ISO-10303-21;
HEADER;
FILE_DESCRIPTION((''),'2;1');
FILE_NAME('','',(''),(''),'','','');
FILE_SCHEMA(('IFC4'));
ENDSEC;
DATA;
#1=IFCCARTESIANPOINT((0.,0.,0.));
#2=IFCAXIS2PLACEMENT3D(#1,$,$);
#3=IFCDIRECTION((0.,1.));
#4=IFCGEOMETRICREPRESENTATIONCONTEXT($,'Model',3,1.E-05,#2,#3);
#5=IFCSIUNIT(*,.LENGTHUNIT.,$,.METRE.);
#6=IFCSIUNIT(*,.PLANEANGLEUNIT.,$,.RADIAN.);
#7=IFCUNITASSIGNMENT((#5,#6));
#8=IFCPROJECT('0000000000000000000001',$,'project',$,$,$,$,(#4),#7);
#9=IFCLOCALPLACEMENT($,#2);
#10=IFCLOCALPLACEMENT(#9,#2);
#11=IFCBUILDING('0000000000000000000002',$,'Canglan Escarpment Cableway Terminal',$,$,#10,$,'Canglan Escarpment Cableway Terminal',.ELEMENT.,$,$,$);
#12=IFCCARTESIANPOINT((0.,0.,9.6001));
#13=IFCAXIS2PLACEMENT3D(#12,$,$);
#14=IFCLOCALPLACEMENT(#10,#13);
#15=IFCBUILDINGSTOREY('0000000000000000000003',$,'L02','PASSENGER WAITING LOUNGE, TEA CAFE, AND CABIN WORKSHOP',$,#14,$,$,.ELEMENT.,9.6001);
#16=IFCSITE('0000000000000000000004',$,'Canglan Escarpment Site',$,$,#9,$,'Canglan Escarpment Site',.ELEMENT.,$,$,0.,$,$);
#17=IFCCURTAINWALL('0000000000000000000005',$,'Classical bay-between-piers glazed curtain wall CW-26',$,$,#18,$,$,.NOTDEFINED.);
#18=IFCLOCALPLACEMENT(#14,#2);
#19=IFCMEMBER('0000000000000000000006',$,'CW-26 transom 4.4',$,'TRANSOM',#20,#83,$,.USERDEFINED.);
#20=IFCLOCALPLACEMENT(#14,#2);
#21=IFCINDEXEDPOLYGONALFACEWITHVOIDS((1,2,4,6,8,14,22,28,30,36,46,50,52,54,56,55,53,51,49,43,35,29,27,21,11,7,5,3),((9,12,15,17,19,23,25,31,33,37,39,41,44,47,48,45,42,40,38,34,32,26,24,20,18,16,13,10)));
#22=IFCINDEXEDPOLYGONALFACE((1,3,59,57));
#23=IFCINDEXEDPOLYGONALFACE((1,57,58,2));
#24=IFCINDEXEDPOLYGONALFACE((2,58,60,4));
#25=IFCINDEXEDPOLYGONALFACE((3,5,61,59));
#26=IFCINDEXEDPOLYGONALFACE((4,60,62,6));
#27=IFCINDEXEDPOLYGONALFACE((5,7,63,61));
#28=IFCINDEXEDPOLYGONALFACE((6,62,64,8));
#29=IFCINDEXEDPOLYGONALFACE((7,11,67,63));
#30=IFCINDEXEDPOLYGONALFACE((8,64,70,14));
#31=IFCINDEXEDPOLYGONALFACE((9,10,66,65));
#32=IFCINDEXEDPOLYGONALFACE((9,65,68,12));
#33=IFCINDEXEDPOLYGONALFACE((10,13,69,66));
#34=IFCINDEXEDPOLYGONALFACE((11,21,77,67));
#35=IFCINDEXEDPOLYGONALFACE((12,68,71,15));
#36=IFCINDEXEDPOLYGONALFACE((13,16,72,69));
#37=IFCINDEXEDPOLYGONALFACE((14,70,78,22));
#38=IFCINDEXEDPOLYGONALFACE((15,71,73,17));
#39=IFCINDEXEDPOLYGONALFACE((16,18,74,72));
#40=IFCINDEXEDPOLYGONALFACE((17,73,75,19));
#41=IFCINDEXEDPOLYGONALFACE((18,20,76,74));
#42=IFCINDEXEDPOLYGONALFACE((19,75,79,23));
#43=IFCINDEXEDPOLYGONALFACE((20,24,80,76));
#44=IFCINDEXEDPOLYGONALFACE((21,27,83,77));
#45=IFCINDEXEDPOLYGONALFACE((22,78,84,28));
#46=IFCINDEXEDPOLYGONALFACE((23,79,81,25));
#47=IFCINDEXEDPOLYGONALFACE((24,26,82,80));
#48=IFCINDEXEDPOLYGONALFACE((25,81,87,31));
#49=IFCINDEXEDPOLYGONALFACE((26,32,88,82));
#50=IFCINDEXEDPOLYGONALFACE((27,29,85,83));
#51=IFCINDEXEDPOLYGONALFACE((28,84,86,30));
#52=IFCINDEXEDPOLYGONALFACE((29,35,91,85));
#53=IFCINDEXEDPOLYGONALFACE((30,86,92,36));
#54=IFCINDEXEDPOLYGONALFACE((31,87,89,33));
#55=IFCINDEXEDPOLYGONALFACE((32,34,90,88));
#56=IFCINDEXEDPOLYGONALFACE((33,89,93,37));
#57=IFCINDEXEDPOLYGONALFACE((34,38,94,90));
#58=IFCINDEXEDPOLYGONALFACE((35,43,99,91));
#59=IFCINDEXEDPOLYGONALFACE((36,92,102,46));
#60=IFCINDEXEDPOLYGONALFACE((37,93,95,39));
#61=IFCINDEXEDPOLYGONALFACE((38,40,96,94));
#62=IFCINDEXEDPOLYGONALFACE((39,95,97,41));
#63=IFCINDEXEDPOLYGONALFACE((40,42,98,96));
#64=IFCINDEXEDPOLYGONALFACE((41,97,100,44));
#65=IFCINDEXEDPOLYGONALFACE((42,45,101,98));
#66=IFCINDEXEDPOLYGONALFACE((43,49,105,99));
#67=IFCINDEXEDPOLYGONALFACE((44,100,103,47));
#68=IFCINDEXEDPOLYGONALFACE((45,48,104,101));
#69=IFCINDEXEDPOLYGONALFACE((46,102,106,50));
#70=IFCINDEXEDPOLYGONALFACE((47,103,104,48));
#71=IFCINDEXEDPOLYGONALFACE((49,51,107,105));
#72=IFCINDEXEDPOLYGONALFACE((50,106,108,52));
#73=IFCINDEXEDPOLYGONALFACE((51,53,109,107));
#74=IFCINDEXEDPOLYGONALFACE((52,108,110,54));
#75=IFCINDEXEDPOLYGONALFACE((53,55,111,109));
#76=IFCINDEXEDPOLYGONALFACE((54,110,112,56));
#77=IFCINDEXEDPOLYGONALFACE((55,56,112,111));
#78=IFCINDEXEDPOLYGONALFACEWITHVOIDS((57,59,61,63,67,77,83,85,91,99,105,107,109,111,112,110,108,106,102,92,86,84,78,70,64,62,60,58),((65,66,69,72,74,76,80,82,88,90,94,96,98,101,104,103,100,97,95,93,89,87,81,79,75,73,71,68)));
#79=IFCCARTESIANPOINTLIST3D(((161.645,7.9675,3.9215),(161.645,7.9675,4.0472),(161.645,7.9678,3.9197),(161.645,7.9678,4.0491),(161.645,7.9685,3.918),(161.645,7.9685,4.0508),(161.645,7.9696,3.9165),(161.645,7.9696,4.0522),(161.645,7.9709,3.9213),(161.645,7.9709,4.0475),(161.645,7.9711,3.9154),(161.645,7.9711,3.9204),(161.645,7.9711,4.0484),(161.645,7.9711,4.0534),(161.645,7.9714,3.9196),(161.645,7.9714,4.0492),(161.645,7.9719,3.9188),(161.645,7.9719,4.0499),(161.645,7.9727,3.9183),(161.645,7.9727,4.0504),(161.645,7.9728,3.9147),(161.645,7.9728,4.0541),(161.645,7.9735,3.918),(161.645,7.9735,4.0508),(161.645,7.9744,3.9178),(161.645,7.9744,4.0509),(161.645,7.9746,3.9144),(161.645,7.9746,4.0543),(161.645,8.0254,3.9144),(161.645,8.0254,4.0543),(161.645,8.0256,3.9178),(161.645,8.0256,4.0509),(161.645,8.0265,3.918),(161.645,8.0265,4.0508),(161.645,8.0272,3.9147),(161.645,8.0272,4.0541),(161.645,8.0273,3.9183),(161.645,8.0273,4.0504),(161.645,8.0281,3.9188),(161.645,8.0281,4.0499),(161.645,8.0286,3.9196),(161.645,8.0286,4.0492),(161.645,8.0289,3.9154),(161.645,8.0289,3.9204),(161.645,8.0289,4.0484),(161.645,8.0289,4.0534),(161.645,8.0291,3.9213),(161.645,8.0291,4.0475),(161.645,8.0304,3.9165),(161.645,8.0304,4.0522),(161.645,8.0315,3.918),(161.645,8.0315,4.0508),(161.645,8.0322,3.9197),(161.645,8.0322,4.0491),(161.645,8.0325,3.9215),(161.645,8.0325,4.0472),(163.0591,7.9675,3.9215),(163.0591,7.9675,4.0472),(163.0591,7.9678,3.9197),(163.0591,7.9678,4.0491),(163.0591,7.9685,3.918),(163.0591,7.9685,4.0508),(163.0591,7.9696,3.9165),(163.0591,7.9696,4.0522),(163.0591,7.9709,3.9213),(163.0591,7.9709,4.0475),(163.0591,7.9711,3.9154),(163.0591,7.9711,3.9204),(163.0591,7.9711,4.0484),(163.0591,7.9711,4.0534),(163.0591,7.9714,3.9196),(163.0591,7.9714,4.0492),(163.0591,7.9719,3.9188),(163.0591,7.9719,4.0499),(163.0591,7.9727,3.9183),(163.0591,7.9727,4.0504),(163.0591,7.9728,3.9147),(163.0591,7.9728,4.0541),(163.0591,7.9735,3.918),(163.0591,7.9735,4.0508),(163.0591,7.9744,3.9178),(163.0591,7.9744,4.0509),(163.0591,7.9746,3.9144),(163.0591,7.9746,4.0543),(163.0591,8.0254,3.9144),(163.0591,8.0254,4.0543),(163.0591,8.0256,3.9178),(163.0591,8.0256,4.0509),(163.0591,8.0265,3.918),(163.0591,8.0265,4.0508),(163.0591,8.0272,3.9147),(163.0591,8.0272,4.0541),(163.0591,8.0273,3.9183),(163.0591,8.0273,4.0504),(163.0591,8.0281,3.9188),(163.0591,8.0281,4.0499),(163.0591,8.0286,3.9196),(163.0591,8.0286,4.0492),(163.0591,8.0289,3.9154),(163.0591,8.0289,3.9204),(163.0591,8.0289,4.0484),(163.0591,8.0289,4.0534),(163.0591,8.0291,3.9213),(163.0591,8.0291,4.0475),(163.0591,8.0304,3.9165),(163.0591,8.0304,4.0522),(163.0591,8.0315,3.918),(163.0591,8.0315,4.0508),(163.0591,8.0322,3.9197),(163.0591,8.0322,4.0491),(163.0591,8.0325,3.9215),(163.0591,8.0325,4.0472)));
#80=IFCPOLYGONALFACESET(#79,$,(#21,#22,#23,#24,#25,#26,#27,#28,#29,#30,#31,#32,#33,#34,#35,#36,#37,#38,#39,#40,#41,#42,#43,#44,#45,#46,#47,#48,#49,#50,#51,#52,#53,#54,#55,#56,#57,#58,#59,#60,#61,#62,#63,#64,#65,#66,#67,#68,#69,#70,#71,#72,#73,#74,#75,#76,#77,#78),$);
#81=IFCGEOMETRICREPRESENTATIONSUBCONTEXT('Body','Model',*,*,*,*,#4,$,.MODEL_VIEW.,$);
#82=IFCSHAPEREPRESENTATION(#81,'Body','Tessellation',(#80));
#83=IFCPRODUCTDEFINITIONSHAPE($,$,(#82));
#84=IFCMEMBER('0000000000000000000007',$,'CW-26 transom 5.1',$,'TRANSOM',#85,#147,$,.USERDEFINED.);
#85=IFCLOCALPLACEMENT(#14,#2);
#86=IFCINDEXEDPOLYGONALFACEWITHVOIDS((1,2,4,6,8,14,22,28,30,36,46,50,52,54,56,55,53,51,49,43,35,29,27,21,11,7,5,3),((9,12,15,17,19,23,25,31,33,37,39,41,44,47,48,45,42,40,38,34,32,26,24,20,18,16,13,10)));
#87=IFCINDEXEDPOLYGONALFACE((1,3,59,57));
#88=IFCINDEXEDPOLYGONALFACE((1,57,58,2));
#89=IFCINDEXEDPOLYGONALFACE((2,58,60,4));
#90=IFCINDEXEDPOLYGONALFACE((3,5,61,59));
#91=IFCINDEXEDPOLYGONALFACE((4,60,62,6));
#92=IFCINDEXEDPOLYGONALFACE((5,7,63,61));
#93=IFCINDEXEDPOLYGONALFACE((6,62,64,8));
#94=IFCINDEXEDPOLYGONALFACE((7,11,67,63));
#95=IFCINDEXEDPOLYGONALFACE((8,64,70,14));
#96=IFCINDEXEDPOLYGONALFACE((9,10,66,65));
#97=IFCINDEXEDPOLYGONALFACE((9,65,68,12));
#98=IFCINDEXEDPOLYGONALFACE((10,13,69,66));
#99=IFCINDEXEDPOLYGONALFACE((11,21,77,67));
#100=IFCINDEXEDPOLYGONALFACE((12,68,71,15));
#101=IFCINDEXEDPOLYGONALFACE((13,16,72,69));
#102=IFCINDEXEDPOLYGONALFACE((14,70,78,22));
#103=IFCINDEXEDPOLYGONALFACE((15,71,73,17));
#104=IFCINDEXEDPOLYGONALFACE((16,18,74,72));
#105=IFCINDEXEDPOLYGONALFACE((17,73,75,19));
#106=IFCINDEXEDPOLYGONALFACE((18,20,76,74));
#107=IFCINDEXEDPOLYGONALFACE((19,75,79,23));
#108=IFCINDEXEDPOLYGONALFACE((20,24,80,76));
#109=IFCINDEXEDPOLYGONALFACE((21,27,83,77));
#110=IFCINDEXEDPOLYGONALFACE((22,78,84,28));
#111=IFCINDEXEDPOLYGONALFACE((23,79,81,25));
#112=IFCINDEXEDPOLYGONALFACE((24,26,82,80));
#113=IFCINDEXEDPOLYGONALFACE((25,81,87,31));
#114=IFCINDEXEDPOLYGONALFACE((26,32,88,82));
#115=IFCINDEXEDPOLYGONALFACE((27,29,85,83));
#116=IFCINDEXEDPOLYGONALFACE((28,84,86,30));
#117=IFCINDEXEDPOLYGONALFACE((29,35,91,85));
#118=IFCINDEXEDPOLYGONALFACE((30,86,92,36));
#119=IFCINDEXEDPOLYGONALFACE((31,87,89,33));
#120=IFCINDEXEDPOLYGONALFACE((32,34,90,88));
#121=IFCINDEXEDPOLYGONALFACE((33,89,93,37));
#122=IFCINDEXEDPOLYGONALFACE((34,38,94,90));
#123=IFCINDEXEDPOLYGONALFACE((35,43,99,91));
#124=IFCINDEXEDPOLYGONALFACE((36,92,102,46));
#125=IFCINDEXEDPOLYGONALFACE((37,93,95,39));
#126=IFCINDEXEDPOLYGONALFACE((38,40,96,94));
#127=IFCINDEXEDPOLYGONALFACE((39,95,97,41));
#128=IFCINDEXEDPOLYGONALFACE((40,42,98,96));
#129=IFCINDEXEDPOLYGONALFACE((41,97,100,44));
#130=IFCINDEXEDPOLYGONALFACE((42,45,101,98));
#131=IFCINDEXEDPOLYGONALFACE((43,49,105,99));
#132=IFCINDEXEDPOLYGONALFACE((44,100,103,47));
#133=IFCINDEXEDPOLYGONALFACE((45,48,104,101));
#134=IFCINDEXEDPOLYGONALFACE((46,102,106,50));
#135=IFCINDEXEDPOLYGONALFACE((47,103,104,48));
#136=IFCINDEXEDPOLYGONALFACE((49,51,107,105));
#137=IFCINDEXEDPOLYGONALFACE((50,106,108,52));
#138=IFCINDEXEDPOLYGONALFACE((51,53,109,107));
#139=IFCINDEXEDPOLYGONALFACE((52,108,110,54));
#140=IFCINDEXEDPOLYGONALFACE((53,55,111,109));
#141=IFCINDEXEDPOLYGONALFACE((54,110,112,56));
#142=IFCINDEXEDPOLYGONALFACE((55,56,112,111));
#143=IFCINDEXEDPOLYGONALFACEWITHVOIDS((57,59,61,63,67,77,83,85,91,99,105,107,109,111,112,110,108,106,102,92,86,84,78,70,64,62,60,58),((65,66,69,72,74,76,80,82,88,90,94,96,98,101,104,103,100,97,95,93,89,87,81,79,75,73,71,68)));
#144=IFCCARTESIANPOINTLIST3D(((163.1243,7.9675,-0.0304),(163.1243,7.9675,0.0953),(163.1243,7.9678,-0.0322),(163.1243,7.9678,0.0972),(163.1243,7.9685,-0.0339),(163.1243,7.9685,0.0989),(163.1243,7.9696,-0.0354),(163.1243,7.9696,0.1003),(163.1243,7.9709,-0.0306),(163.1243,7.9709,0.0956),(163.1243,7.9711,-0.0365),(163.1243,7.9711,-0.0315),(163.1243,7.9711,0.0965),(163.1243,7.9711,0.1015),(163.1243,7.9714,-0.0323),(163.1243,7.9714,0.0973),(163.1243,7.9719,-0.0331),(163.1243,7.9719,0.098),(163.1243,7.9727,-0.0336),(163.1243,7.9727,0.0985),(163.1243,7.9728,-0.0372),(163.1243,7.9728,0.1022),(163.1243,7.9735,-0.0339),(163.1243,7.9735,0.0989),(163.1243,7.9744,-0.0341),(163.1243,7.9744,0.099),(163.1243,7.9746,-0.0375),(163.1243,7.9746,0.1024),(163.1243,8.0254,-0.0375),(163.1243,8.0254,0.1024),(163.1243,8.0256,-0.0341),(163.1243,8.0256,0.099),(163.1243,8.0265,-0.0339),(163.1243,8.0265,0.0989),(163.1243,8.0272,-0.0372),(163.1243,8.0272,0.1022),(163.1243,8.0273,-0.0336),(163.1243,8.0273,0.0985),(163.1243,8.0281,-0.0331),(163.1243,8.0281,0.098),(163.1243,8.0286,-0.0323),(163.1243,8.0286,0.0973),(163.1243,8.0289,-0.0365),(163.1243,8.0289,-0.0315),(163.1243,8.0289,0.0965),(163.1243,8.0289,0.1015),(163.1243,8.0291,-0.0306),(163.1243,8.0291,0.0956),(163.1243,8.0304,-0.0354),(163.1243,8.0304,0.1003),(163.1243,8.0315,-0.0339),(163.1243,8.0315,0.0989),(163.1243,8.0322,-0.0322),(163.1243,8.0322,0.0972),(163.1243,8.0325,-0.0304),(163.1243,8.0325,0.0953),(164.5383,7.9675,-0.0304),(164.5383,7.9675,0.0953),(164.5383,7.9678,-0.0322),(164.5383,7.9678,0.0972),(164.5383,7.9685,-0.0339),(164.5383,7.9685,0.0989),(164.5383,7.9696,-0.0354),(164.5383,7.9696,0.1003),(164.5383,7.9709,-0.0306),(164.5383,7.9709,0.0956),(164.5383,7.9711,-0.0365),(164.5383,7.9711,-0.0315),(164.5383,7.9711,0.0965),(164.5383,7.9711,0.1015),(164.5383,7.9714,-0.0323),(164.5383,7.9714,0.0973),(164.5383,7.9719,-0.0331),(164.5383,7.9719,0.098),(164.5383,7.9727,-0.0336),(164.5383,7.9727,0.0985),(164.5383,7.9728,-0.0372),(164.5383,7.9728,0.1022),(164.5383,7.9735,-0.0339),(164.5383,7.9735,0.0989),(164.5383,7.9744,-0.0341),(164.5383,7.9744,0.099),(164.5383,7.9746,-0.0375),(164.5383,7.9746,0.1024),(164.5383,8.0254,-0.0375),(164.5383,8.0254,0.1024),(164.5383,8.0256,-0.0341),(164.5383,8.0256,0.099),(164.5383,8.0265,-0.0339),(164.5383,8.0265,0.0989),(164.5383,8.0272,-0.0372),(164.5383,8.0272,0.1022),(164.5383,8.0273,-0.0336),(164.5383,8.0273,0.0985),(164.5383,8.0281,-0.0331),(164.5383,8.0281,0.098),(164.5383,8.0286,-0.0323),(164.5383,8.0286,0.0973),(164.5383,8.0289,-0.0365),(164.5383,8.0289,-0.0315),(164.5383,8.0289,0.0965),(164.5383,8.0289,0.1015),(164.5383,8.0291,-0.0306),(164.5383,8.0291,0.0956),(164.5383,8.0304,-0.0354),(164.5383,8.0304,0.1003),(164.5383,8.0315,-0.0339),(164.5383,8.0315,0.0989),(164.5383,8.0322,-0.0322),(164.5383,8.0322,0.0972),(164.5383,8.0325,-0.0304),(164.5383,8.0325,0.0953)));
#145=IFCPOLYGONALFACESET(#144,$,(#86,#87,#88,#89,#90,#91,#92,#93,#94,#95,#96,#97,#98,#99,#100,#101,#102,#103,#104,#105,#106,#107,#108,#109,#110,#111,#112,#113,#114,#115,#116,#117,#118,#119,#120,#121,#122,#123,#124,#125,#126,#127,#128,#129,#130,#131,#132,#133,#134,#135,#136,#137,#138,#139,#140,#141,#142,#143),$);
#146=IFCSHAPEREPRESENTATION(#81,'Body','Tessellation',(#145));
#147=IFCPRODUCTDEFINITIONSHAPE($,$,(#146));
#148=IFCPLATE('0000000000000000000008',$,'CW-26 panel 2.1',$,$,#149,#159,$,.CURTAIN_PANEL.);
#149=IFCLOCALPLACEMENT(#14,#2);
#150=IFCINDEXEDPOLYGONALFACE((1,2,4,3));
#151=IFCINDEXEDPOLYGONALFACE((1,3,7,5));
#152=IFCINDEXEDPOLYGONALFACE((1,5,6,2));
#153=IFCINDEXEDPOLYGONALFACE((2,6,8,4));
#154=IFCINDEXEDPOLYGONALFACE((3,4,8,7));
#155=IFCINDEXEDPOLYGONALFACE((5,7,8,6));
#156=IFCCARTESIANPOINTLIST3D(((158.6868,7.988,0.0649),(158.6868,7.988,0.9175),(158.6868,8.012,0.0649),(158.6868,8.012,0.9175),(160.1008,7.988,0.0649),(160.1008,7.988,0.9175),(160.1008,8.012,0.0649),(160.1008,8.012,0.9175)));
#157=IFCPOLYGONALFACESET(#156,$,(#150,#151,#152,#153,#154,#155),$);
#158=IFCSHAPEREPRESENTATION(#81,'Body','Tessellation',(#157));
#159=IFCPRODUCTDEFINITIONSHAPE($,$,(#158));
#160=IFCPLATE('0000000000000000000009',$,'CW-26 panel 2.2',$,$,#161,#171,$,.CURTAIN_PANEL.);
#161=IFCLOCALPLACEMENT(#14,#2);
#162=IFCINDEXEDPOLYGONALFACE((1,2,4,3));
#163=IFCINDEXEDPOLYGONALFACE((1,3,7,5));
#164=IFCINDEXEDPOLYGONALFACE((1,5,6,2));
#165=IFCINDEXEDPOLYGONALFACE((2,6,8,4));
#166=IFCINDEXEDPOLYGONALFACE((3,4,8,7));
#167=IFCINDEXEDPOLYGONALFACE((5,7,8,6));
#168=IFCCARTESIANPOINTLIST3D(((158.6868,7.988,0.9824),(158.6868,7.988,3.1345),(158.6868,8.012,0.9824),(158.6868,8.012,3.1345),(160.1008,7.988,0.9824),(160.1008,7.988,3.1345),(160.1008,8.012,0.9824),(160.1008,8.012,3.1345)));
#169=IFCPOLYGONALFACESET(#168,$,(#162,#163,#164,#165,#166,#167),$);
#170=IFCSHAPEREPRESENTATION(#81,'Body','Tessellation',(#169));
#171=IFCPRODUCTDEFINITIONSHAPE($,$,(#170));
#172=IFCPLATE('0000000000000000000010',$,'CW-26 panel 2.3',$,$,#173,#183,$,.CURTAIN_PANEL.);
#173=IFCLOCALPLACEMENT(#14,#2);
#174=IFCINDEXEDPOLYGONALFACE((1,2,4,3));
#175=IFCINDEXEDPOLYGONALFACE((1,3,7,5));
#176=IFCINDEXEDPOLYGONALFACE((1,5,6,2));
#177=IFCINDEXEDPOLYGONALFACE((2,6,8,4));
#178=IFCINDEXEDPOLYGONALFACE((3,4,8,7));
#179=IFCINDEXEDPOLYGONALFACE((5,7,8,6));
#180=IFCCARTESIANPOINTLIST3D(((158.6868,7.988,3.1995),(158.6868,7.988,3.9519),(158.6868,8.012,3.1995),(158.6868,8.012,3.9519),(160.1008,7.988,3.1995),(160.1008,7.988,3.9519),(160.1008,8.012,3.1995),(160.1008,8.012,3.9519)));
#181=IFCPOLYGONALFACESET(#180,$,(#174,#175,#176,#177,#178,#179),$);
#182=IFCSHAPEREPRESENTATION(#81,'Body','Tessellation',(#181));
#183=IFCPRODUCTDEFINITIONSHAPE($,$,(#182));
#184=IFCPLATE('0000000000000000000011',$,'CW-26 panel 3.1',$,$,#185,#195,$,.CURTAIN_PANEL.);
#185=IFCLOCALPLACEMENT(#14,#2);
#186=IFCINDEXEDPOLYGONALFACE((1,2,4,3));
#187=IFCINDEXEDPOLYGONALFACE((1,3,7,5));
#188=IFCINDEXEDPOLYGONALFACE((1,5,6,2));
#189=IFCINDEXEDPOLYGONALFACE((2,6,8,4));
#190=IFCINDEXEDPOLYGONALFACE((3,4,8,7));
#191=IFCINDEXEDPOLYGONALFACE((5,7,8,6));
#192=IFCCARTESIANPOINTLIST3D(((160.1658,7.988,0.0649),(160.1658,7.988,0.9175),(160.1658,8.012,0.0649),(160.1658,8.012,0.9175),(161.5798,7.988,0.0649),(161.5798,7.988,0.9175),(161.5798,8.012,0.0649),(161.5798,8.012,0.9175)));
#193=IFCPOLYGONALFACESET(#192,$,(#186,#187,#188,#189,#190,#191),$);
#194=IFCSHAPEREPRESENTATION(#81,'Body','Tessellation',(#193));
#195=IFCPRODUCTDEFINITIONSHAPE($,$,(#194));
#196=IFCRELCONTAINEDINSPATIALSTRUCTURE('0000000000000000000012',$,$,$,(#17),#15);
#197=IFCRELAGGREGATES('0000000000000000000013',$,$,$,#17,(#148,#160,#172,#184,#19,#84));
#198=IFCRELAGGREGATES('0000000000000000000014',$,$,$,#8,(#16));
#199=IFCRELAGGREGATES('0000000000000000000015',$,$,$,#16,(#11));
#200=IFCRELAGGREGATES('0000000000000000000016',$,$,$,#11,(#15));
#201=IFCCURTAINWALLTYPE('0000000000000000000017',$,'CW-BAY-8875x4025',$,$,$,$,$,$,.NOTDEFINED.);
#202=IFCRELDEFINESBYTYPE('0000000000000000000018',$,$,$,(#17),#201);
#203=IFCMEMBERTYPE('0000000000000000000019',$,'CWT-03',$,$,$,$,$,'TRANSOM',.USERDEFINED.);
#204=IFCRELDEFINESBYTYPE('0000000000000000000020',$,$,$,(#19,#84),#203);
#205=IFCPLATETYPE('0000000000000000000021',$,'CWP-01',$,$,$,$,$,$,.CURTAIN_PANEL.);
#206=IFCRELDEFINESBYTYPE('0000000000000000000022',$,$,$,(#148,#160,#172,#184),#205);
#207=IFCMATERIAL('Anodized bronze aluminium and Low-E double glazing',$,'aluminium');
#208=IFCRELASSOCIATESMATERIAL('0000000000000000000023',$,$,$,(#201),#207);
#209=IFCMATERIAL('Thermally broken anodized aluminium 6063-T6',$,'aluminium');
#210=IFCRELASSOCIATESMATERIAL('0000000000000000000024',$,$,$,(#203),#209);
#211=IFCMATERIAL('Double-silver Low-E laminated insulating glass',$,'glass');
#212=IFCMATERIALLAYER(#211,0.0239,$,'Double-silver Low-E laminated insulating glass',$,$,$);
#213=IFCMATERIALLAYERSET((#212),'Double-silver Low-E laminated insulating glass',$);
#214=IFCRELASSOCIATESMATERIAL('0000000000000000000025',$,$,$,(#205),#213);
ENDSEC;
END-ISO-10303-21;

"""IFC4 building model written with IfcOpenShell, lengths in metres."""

from ifc_helpers import new_model, si_unit, direction, frame, origin, origin_2d, place, context, subcontext, project, spatial, rectangle, hollow_rectangle, extrude, material, layer, layer_set, material_profile, profile_set, type_object, element, aggregate, save


model = new_model("IFC4")

# Units and contexts
model_context = context("Model", 3, precision=1e-05, world=origin(), true_north=direction((0.0, 1.0)))
body_context = subcontext(model_context, "Body", "Model", "MODEL_VIEW")
ifc_project = project(units=[si_unit("LENGTHUNIT", "METRE"), si_unit("PLANEANGLEUNIT", "RADIAN")], contexts=[model_context])

# Site, building, storey
site_placement = place(None, origin())
site = spatial("IfcSite", under=ifc_project, at=site_placement, Name="Canglan Escarpment Site", LongName="Canglan Escarpment Site", CompositionType="ELEMENT", RefElevation=0.0)
building_placement = place(site_placement, origin())
building = spatial("IfcBuilding", under=site, at=building_placement, Name="Canglan Escarpment Cableway Terminal", LongName="Canglan Escarpment Cableway Terminal", CompositionType="ELEMENT")
storey_placement = place(building_placement, frame((0.0, 0.0, 9.6001)))
storey = spatial("IfcBuildingStorey", under=building, at=storey_placement, Name="L02", Description="PASSENGER WAITING LOUNGE, TEA CAFE, AND CABIN WORKSHOP", CompositionType="ELEMENT", Elevation=9.6001)

# Curtain wall, members, plates
ifc_material_1 = material(Name="Anodized bronze aluminium and Low-E double glazing", Category="aluminium")
curtain_wall_type = type_object("IfcCurtainWallType", Name="CW-BAY-8875x4025", PredefinedType="NOTDEFINED", material=ifc_material_1)
curtain_wall_placement = place(storey_placement, origin())
curtain_wall = element("IfcCurtainWall", 1, at=curtain_wall_placement, inside=storey, type_object=curtain_wall_type, Name="Classical bay-between-piers glazed curtain wall CW-26", PredefinedType="NOTDEFINED")
ifc_material_2 = material(Name="Thermally broken anodized aluminium 6063-T6", Category="aluminium")
ifc_material_profile_1 = material_profile(ifc_material_2, hollow_rectangle(XDim=0.0649, YDim=0.1399, WallThickness=0.0034, InnerFilletRadius=0.0034, OuterFilletRadius=0.0071, at=origin_2d()), Name="ALU-TRAN 65x140x3.5")
ifc_profile_set_1 = profile_set([ifc_material_profile_1], Name="Thermally broken anodized aluminium 6063-T6")
member_type_1 = type_object("IfcMemberType", Name="CWT-03", ElementType="TRANSOM", PredefinedType="USERDEFINED", material=ifc_profile_set_1)
member_1_placement = place(storey_placement, frame((161.645, 8.0, 3.9844), z_axis=(1.0, 0.0, 0.0), x_axis=(0.0, 1.0, 0.0)))
member_1 = element("IfcMember", 2, at=member_1_placement, type_object=member_type_1, Name="CW-26 transom 4.4", ObjectType="TRANSOM", PredefinedType="USERDEFINED", context=body_context, shape_type="SweptSolid", body=[
    extrude(hollow_rectangle(XDim=0.0649, YDim=0.1399, WallThickness=0.0034, InnerFilletRadius=0.0034, OuterFilletRadius=0.0071, at=origin_2d()), origin(), (0.0, 0.0, 1.0), 1.4141),
])
member_2_placement = place(storey_placement, frame((163.1243, 8.0, 0.0325), z_axis=(1.0, 0.0, 0.0), x_axis=(0.0, 1.0, 0.0)))
member_2 = element("IfcMember", 3, at=member_2_placement, type_object=member_type_1, Name="CW-26 transom 5.1", ObjectType="TRANSOM", PredefinedType="USERDEFINED", context=body_context, shape_type="SweptSolid", body=[
    extrude(hollow_rectangle(XDim=0.0649, YDim=0.1399, WallThickness=0.0034, InnerFilletRadius=0.0034, OuterFilletRadius=0.0071, at=origin_2d()), origin(), (0.0, 0.0, 1.0), 1.4141),
])
ifc_material_3 = material(Name="Double-silver Low-E laminated insulating glass", Category="glass")
ifc_layer_1 = layer(ifc_material_3, 0.0239, Name="Double-silver Low-E laminated insulating glass")
ifc_layer_set_1 = layer_set([ifc_layer_1], Name="Double-silver Low-E laminated insulating glass")
plate_type = type_object("IfcPlateType", Name="CWP-01", PredefinedType="CURTAIN_PANEL", material=ifc_layer_set_1)
plate_1_placement = place(storey_placement, frame((159.3938, 8.0, 0.0649), z_axis=(0.0, 0.0, 1.0), x_axis=(1.0, 0.0, 0.0)))
plate_1 = element("IfcPlate", 4, at=plate_1_placement, type_object=plate_type, Name="CW-26 panel 2.1", PredefinedType="CURTAIN_PANEL", context=body_context, shape_type="SweptSolid", body=[
    extrude(rectangle(XDim=1.4141, YDim=0.0239, at=origin_2d()), origin(), (0.0, 0.0, 1.0), 0.8525),
])
plate_2_placement = place(storey_placement, frame((159.3938, 8.0, 0.9824), z_axis=(0.0, 0.0, 1.0), x_axis=(1.0, 0.0, 0.0)))
plate_2 = element("IfcPlate", 5, at=plate_2_placement, type_object=plate_type, Name="CW-26 panel 2.2", PredefinedType="CURTAIN_PANEL", context=body_context, shape_type="SweptSolid", body=[
    extrude(rectangle(XDim=1.4141, YDim=0.0239, at=origin_2d()), origin(), (0.0, 0.0, 1.0), 2.1521),
])
plate_3_placement = place(storey_placement, frame((159.3938, 8.0, 3.1995), z_axis=(0.0, 0.0, 1.0), x_axis=(1.0, 0.0, 0.0)))
plate_3 = element("IfcPlate", 6, at=plate_3_placement, type_object=plate_type, Name="CW-26 panel 2.3", PredefinedType="CURTAIN_PANEL", context=body_context, shape_type="SweptSolid", body=[
    extrude(rectangle(XDim=1.4141, YDim=0.0239, at=origin_2d()), origin(), (0.0, 0.0, 1.0), 0.7524),
])
plate_4_placement = place(storey_placement, frame((160.8728, 8.0, 0.0649), z_axis=(0.0, 0.0, 1.0), x_axis=(1.0, 0.0, 0.0)))
plate_4 = element("IfcPlate", 7, at=plate_4_placement, type_object=plate_type, Name="CW-26 panel 3.1", PredefinedType="CURTAIN_PANEL", context=body_context, shape_type="SweptSolid", body=[
    extrude(rectangle(XDim=1.4141, YDim=0.0239, at=origin_2d()), origin(), (0.0, 0.0, 1.0), 0.8525),
])
aggregate(curtain_wall, [plate_1, plate_2, plate_3, plate_4, member_1, member_2])

save(model, "model.ifc")
